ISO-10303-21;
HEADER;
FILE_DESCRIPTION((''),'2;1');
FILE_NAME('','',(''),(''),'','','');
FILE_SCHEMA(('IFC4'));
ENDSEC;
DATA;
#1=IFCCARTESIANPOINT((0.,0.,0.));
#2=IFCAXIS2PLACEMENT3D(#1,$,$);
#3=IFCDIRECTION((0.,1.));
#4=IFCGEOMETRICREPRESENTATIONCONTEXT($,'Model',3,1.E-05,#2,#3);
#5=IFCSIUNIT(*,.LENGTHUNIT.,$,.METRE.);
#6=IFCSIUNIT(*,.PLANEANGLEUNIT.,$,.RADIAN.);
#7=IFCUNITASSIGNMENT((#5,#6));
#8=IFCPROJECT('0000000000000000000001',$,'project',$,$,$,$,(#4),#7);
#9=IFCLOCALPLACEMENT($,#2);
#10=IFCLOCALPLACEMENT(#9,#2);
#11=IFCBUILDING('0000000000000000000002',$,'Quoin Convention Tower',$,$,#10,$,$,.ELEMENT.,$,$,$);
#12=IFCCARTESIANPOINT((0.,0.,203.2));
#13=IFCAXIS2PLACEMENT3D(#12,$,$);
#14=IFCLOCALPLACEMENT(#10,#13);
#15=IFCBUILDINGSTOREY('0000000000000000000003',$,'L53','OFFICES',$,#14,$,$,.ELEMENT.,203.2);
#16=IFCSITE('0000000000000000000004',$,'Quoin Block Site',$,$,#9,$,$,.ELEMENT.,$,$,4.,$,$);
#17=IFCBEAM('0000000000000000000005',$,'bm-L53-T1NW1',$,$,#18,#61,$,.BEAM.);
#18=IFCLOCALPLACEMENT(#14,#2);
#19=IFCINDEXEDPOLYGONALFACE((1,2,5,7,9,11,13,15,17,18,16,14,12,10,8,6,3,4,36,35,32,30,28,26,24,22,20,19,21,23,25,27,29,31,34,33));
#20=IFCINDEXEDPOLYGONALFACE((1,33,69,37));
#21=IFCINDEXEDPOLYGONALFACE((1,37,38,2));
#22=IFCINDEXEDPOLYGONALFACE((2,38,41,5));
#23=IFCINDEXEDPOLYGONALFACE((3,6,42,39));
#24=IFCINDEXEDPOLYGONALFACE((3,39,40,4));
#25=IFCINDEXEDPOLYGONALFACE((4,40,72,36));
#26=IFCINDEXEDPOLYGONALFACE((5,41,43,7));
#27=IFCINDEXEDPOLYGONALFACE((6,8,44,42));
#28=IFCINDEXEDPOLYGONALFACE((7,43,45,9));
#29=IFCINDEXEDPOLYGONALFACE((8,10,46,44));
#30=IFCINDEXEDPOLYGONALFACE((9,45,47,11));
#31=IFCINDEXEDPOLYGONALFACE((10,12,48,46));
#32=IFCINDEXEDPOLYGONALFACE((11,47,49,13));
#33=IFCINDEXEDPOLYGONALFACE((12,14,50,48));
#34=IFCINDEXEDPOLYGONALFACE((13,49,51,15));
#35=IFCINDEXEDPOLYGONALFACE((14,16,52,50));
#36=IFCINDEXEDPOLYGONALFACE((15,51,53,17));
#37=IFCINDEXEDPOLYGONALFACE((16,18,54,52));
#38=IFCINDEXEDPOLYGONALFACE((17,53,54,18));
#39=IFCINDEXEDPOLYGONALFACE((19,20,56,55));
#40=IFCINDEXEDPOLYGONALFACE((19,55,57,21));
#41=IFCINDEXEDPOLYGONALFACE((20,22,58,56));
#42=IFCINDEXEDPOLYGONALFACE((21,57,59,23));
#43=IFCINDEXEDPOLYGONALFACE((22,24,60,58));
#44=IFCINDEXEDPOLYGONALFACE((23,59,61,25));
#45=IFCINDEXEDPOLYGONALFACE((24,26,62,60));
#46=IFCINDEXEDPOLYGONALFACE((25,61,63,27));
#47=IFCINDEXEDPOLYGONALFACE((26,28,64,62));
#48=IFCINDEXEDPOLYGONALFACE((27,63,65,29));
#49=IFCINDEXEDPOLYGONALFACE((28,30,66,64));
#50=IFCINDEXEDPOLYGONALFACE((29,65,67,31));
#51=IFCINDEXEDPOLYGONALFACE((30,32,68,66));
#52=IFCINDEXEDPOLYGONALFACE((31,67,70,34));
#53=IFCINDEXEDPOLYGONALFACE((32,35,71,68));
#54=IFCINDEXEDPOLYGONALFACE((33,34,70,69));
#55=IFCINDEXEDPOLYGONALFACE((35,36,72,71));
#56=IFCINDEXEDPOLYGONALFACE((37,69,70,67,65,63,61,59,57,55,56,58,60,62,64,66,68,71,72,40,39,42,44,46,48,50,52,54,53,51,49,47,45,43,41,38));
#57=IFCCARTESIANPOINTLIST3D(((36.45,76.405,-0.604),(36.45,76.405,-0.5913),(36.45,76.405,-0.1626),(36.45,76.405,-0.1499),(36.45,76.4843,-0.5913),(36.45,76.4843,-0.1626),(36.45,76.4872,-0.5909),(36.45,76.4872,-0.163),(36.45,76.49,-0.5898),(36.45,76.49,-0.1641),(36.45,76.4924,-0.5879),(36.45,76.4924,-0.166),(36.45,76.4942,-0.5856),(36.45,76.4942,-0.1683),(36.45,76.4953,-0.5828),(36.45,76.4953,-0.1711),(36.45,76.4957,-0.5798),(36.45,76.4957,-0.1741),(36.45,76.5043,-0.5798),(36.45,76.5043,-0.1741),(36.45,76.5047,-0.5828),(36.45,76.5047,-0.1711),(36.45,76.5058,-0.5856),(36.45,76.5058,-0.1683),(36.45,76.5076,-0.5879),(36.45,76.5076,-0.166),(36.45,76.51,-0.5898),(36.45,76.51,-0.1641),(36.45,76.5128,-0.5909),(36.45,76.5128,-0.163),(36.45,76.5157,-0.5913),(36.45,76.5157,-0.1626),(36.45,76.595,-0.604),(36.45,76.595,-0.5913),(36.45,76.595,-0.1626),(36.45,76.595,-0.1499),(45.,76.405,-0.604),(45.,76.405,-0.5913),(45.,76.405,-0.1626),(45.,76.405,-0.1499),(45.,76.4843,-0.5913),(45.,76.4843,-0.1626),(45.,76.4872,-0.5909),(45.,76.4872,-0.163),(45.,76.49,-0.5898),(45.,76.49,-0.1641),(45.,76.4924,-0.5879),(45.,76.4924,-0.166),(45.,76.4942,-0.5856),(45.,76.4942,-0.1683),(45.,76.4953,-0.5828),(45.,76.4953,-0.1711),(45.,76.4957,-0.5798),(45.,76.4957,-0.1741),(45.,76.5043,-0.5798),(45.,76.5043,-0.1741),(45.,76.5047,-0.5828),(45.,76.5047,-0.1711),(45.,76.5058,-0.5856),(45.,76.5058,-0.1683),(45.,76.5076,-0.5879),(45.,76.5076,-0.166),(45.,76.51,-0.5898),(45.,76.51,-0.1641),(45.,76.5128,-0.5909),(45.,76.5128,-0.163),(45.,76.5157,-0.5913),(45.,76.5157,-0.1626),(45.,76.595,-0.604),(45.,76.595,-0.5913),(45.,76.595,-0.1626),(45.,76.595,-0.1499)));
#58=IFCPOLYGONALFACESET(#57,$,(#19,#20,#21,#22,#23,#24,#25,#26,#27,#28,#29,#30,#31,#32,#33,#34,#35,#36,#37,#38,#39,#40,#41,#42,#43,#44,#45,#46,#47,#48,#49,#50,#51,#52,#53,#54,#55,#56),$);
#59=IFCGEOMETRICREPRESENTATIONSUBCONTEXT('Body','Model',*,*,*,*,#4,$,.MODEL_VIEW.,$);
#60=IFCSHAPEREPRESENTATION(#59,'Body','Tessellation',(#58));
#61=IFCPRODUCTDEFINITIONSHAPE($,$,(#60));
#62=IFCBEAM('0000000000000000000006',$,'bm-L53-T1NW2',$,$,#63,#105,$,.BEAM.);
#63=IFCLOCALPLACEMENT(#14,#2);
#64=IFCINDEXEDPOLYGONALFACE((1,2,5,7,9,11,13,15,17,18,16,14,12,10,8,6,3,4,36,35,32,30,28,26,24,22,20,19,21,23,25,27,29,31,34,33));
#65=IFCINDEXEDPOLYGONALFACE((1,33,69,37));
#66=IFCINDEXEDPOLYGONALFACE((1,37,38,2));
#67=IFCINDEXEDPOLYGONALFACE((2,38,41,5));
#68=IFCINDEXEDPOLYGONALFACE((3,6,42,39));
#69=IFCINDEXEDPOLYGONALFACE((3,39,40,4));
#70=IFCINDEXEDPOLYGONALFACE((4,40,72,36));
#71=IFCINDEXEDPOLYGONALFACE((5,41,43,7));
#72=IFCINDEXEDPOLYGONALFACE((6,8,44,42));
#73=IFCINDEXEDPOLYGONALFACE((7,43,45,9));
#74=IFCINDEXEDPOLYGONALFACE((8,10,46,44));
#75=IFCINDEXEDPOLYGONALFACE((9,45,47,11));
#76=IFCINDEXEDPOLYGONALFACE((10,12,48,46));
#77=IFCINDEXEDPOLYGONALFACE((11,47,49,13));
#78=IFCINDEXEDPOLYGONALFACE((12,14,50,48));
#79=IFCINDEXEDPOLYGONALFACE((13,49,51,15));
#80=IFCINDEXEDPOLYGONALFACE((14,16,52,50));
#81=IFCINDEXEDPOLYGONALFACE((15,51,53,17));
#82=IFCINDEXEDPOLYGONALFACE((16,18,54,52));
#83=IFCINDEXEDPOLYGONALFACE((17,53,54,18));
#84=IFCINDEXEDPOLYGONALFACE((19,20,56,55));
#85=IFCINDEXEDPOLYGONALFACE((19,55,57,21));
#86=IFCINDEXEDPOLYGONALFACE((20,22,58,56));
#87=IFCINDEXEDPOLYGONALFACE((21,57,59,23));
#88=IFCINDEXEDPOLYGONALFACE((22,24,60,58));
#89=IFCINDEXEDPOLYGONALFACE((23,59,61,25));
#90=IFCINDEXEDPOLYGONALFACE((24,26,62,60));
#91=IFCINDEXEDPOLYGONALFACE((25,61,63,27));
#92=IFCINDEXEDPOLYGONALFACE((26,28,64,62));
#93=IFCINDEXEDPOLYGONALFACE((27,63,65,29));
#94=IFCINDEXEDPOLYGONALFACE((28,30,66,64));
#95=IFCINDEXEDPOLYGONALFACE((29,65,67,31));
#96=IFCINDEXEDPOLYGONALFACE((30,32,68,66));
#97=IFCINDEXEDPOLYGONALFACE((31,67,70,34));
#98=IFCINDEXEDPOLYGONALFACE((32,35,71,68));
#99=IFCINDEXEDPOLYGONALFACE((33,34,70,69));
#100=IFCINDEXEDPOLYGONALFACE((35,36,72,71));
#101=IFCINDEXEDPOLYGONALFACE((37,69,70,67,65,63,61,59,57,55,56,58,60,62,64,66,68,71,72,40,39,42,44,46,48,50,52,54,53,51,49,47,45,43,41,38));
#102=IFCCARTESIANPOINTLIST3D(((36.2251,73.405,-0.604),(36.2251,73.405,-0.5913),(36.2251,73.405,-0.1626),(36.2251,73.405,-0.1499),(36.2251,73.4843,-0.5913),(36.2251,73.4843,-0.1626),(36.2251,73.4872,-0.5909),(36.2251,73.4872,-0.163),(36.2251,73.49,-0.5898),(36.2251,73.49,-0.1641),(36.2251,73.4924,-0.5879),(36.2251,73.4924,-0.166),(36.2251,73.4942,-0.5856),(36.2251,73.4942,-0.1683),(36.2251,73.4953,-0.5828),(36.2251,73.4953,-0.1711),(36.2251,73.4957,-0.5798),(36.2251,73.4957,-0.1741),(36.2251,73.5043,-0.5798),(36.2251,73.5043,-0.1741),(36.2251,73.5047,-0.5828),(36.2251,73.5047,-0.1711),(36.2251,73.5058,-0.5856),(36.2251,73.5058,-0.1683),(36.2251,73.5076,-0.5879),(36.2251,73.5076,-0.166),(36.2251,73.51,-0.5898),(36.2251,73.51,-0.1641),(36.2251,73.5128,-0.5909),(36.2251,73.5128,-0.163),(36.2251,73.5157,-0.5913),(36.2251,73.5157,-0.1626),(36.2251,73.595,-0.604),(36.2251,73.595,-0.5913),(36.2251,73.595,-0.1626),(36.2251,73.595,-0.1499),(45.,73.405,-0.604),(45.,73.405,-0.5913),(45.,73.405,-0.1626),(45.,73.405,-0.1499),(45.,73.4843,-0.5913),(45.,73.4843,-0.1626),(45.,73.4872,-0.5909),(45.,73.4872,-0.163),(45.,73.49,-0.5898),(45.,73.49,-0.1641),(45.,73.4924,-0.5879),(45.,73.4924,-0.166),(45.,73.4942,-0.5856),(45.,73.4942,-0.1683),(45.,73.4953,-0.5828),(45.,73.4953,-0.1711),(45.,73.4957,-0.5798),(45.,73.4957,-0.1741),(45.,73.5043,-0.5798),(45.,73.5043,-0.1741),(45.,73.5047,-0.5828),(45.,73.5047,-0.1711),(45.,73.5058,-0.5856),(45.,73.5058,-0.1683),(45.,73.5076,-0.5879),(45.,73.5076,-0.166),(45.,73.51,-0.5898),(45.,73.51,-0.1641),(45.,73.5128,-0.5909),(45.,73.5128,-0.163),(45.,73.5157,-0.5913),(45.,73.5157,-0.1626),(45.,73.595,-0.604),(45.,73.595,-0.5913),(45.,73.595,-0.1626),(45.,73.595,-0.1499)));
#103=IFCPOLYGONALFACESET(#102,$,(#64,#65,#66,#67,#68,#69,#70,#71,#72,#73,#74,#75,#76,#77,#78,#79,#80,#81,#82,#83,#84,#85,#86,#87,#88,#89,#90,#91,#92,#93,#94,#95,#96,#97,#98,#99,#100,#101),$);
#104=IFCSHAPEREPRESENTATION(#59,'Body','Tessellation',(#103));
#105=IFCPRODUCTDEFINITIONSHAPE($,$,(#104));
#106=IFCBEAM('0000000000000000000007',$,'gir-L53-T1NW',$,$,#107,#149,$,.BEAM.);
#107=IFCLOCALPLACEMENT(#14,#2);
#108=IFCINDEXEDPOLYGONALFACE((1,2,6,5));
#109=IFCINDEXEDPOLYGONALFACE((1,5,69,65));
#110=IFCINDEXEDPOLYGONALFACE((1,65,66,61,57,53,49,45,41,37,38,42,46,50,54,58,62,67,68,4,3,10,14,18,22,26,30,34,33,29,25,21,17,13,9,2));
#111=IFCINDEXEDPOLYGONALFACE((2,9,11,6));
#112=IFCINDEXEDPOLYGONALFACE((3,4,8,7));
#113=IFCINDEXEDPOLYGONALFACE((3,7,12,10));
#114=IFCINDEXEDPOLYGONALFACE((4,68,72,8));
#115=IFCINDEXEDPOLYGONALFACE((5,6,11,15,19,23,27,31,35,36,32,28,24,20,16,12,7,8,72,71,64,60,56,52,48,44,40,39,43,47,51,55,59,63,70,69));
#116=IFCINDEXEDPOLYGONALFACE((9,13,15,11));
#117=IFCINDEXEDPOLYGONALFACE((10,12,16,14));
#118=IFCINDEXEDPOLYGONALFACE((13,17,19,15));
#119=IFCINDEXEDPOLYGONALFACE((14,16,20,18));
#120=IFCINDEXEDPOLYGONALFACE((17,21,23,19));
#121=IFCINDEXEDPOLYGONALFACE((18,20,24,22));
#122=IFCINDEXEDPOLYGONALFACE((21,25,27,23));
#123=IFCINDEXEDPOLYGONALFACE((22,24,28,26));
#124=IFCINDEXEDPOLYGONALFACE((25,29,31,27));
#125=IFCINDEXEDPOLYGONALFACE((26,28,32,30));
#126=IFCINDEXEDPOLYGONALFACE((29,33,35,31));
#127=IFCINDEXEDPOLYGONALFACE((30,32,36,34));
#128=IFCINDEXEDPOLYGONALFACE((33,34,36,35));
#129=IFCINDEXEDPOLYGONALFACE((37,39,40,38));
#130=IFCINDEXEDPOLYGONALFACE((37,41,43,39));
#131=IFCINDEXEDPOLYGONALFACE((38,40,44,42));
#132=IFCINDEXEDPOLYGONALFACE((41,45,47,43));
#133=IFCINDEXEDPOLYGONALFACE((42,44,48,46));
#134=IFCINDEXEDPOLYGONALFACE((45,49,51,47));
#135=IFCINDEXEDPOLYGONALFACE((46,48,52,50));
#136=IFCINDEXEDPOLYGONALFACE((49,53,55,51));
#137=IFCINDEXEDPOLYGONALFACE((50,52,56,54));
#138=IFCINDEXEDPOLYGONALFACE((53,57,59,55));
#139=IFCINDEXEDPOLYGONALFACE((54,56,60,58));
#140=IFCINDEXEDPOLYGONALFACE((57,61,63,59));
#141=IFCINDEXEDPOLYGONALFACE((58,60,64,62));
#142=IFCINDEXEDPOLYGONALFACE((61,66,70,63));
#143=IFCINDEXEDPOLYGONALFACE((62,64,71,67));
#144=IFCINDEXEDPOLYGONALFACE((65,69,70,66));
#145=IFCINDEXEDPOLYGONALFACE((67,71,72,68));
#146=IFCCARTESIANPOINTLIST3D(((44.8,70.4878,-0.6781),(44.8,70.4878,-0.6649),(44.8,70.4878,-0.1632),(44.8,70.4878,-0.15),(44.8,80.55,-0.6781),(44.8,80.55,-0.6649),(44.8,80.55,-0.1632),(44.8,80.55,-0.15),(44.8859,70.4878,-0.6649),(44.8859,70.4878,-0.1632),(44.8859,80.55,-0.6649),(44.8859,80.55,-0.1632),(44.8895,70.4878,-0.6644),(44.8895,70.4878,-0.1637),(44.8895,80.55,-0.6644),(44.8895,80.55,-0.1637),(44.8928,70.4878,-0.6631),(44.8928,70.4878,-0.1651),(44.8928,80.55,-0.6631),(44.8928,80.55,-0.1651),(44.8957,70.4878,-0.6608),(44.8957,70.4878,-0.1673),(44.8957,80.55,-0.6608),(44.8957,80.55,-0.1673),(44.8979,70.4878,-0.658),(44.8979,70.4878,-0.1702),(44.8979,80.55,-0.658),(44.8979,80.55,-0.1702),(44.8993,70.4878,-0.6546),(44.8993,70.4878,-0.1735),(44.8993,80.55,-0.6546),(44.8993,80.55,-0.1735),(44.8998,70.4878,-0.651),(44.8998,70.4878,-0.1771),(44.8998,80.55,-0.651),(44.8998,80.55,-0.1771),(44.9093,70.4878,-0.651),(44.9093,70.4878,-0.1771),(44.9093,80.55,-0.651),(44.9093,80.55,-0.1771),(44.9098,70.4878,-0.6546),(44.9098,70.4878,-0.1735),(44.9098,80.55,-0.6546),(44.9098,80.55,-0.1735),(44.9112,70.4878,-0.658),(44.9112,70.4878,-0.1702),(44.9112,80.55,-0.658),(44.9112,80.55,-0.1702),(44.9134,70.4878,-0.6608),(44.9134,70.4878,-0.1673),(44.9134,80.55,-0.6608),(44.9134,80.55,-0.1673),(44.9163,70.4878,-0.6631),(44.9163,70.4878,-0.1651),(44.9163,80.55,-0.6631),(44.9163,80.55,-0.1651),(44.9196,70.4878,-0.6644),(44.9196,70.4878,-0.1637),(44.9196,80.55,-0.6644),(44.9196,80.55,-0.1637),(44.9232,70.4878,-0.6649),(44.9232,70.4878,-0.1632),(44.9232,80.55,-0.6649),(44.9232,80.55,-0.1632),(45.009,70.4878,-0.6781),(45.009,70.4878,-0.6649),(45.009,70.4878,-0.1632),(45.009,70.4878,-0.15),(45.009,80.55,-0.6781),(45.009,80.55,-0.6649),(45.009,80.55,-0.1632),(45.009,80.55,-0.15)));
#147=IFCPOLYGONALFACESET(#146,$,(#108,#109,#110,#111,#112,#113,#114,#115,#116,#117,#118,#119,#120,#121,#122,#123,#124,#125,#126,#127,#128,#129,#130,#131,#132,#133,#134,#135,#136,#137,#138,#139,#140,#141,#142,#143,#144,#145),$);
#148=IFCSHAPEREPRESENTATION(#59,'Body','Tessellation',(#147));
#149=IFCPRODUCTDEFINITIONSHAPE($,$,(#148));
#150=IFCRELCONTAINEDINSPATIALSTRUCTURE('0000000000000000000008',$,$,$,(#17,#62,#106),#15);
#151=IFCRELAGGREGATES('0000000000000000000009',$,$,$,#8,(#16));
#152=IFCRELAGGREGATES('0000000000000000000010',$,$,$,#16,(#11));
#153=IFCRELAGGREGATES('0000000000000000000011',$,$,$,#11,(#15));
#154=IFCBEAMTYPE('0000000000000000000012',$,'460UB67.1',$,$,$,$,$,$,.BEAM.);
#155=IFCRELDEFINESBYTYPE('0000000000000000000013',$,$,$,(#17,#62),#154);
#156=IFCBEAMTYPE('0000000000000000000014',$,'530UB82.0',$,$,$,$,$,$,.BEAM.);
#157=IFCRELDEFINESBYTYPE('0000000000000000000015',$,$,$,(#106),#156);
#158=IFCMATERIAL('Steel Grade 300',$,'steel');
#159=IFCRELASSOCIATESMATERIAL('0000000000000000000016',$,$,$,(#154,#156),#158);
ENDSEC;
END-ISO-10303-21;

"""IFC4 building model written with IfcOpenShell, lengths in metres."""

from ifc_helpers import new_model, si_unit, direction, frame, origin, origin_2d, place, context, subcontext, project, spatial, i_section, extrude, material, material_profile, profile_set, type_object, element, save


model = new_model("IFC4")

# Units and contexts
model_context = context("Model", 3, precision=1e-05, world=origin(), true_north=direction((0.0, 1.0)))
body_context = subcontext(model_context, "Body", "Model", "MODEL_VIEW")
ifc_project = project(units=[si_unit("LENGTHUNIT", "METRE"), si_unit("PLANEANGLEUNIT", "RADIAN")], contexts=[model_context])

# Site, building, storey
site_placement = place(None, origin())
site = spatial("IfcSite", under=ifc_project, at=site_placement, Name="Quoin Block Site", CompositionType="ELEMENT", RefElevation=4.0)
building_placement = place(site_placement, origin())
building = spatial("IfcBuilding", under=site, at=building_placement, Name="Quoin Convention Tower", CompositionType="ELEMENT")
storey_placement = place(building_placement, frame((0.0, 0.0, 203.2)))
storey = spatial("IfcBuildingStorey", under=building, at=storey_placement, Name="L53", Description="OFFICES", CompositionType="ELEMENT", Elevation=203.2)

# Beams
ifc_material_1 = material(Name="Steel Grade 300", Category="steel")
ifc_material_profile_1 = material_profile(ifc_material_1, i_section(OverallWidth=0.1899, OverallDepth=0.4541, WebThickness=0.0085, FlangeThickness=0.0127, FilletRadius=0.0115, at=origin_2d()), Name="460UB67.1")
ifc_profile_set_1 = profile_set([ifc_material_profile_1], Name="Steel Grade 300")
beam_type_1 = type_object("IfcBeamType", Name="460UB67.1", PredefinedType="BEAM", material=ifc_profile_set_1)
beam_1_placement = place(storey_placement, frame((36.45, 76.5, -0.377), z_axis=(1.0, 0.0, 0.0), x_axis=(0.0, 1.0, 0.0)))
element("IfcBeam", 1, at=beam_1_placement, inside=storey, type_object=beam_type_1, Name="bm-L53-T1NW1", PredefinedType="BEAM", context=body_context, shape_type="SweptSolid", body=[
    extrude(i_section(OverallWidth=0.1899, OverallDepth=0.4541, WebThickness=0.0085, FlangeThickness=0.0127, FilletRadius=0.0115, at=origin_2d()), origin(), (0.0, 0.0, 1.0), 8.55),
])
beam_2_placement = place(storey_placement, frame((36.2251, 73.5, -0.377), z_axis=(1.0, 0.0, 0.0), x_axis=(0.0, 1.0, 0.0)))
element("IfcBeam", 2, at=beam_2_placement, inside=storey, type_object=beam_type_1, Name="bm-L53-T1NW2", PredefinedType="BEAM", context=body_context, shape_type="SweptSolid", body=[
    extrude(i_section(OverallWidth=0.1899, OverallDepth=0.4541, WebThickness=0.0085, FlangeThickness=0.0127, FilletRadius=0.0115, at=origin_2d()), origin(), (0.0, 0.0, 1.0), 8.7749),
])
ifc_material_profile_2 = material_profile(ifc_material_1, i_section(OverallWidth=0.209, OverallDepth=0.5281, WebThickness=0.0095, FlangeThickness=0.0132, FilletRadius=0.0139, at=origin_2d()), Name="530UB82.0")
ifc_profile_set_2 = profile_set([ifc_material_profile_2], Name="Steel Grade 300")
beam_type_2 = type_object("IfcBeamType", Name="530UB82.0", PredefinedType="BEAM", material=ifc_profile_set_2)
beam_3_placement = place(storey_placement, frame((44.9045, 80.55, -0.4141), z_axis=(0.0, -1.0, 0.0), x_axis=(1.0, 0.0, 0.0)))
element("IfcBeam", 3, at=beam_3_placement, inside=storey, type_object=beam_type_2, Name="gir-L53-T1NW", PredefinedType="BEAM", context=body_context, shape_type="SweptSolid", body=[
    extrude(i_section(OverallWidth=0.209, OverallDepth=0.5281, WebThickness=0.0095, FlangeThickness=0.0132, FilletRadius=0.0139, at=origin_2d()), origin(), (0.0, 0.0, 1.0), 10.0623),
])

save(model, "model.ifc")
